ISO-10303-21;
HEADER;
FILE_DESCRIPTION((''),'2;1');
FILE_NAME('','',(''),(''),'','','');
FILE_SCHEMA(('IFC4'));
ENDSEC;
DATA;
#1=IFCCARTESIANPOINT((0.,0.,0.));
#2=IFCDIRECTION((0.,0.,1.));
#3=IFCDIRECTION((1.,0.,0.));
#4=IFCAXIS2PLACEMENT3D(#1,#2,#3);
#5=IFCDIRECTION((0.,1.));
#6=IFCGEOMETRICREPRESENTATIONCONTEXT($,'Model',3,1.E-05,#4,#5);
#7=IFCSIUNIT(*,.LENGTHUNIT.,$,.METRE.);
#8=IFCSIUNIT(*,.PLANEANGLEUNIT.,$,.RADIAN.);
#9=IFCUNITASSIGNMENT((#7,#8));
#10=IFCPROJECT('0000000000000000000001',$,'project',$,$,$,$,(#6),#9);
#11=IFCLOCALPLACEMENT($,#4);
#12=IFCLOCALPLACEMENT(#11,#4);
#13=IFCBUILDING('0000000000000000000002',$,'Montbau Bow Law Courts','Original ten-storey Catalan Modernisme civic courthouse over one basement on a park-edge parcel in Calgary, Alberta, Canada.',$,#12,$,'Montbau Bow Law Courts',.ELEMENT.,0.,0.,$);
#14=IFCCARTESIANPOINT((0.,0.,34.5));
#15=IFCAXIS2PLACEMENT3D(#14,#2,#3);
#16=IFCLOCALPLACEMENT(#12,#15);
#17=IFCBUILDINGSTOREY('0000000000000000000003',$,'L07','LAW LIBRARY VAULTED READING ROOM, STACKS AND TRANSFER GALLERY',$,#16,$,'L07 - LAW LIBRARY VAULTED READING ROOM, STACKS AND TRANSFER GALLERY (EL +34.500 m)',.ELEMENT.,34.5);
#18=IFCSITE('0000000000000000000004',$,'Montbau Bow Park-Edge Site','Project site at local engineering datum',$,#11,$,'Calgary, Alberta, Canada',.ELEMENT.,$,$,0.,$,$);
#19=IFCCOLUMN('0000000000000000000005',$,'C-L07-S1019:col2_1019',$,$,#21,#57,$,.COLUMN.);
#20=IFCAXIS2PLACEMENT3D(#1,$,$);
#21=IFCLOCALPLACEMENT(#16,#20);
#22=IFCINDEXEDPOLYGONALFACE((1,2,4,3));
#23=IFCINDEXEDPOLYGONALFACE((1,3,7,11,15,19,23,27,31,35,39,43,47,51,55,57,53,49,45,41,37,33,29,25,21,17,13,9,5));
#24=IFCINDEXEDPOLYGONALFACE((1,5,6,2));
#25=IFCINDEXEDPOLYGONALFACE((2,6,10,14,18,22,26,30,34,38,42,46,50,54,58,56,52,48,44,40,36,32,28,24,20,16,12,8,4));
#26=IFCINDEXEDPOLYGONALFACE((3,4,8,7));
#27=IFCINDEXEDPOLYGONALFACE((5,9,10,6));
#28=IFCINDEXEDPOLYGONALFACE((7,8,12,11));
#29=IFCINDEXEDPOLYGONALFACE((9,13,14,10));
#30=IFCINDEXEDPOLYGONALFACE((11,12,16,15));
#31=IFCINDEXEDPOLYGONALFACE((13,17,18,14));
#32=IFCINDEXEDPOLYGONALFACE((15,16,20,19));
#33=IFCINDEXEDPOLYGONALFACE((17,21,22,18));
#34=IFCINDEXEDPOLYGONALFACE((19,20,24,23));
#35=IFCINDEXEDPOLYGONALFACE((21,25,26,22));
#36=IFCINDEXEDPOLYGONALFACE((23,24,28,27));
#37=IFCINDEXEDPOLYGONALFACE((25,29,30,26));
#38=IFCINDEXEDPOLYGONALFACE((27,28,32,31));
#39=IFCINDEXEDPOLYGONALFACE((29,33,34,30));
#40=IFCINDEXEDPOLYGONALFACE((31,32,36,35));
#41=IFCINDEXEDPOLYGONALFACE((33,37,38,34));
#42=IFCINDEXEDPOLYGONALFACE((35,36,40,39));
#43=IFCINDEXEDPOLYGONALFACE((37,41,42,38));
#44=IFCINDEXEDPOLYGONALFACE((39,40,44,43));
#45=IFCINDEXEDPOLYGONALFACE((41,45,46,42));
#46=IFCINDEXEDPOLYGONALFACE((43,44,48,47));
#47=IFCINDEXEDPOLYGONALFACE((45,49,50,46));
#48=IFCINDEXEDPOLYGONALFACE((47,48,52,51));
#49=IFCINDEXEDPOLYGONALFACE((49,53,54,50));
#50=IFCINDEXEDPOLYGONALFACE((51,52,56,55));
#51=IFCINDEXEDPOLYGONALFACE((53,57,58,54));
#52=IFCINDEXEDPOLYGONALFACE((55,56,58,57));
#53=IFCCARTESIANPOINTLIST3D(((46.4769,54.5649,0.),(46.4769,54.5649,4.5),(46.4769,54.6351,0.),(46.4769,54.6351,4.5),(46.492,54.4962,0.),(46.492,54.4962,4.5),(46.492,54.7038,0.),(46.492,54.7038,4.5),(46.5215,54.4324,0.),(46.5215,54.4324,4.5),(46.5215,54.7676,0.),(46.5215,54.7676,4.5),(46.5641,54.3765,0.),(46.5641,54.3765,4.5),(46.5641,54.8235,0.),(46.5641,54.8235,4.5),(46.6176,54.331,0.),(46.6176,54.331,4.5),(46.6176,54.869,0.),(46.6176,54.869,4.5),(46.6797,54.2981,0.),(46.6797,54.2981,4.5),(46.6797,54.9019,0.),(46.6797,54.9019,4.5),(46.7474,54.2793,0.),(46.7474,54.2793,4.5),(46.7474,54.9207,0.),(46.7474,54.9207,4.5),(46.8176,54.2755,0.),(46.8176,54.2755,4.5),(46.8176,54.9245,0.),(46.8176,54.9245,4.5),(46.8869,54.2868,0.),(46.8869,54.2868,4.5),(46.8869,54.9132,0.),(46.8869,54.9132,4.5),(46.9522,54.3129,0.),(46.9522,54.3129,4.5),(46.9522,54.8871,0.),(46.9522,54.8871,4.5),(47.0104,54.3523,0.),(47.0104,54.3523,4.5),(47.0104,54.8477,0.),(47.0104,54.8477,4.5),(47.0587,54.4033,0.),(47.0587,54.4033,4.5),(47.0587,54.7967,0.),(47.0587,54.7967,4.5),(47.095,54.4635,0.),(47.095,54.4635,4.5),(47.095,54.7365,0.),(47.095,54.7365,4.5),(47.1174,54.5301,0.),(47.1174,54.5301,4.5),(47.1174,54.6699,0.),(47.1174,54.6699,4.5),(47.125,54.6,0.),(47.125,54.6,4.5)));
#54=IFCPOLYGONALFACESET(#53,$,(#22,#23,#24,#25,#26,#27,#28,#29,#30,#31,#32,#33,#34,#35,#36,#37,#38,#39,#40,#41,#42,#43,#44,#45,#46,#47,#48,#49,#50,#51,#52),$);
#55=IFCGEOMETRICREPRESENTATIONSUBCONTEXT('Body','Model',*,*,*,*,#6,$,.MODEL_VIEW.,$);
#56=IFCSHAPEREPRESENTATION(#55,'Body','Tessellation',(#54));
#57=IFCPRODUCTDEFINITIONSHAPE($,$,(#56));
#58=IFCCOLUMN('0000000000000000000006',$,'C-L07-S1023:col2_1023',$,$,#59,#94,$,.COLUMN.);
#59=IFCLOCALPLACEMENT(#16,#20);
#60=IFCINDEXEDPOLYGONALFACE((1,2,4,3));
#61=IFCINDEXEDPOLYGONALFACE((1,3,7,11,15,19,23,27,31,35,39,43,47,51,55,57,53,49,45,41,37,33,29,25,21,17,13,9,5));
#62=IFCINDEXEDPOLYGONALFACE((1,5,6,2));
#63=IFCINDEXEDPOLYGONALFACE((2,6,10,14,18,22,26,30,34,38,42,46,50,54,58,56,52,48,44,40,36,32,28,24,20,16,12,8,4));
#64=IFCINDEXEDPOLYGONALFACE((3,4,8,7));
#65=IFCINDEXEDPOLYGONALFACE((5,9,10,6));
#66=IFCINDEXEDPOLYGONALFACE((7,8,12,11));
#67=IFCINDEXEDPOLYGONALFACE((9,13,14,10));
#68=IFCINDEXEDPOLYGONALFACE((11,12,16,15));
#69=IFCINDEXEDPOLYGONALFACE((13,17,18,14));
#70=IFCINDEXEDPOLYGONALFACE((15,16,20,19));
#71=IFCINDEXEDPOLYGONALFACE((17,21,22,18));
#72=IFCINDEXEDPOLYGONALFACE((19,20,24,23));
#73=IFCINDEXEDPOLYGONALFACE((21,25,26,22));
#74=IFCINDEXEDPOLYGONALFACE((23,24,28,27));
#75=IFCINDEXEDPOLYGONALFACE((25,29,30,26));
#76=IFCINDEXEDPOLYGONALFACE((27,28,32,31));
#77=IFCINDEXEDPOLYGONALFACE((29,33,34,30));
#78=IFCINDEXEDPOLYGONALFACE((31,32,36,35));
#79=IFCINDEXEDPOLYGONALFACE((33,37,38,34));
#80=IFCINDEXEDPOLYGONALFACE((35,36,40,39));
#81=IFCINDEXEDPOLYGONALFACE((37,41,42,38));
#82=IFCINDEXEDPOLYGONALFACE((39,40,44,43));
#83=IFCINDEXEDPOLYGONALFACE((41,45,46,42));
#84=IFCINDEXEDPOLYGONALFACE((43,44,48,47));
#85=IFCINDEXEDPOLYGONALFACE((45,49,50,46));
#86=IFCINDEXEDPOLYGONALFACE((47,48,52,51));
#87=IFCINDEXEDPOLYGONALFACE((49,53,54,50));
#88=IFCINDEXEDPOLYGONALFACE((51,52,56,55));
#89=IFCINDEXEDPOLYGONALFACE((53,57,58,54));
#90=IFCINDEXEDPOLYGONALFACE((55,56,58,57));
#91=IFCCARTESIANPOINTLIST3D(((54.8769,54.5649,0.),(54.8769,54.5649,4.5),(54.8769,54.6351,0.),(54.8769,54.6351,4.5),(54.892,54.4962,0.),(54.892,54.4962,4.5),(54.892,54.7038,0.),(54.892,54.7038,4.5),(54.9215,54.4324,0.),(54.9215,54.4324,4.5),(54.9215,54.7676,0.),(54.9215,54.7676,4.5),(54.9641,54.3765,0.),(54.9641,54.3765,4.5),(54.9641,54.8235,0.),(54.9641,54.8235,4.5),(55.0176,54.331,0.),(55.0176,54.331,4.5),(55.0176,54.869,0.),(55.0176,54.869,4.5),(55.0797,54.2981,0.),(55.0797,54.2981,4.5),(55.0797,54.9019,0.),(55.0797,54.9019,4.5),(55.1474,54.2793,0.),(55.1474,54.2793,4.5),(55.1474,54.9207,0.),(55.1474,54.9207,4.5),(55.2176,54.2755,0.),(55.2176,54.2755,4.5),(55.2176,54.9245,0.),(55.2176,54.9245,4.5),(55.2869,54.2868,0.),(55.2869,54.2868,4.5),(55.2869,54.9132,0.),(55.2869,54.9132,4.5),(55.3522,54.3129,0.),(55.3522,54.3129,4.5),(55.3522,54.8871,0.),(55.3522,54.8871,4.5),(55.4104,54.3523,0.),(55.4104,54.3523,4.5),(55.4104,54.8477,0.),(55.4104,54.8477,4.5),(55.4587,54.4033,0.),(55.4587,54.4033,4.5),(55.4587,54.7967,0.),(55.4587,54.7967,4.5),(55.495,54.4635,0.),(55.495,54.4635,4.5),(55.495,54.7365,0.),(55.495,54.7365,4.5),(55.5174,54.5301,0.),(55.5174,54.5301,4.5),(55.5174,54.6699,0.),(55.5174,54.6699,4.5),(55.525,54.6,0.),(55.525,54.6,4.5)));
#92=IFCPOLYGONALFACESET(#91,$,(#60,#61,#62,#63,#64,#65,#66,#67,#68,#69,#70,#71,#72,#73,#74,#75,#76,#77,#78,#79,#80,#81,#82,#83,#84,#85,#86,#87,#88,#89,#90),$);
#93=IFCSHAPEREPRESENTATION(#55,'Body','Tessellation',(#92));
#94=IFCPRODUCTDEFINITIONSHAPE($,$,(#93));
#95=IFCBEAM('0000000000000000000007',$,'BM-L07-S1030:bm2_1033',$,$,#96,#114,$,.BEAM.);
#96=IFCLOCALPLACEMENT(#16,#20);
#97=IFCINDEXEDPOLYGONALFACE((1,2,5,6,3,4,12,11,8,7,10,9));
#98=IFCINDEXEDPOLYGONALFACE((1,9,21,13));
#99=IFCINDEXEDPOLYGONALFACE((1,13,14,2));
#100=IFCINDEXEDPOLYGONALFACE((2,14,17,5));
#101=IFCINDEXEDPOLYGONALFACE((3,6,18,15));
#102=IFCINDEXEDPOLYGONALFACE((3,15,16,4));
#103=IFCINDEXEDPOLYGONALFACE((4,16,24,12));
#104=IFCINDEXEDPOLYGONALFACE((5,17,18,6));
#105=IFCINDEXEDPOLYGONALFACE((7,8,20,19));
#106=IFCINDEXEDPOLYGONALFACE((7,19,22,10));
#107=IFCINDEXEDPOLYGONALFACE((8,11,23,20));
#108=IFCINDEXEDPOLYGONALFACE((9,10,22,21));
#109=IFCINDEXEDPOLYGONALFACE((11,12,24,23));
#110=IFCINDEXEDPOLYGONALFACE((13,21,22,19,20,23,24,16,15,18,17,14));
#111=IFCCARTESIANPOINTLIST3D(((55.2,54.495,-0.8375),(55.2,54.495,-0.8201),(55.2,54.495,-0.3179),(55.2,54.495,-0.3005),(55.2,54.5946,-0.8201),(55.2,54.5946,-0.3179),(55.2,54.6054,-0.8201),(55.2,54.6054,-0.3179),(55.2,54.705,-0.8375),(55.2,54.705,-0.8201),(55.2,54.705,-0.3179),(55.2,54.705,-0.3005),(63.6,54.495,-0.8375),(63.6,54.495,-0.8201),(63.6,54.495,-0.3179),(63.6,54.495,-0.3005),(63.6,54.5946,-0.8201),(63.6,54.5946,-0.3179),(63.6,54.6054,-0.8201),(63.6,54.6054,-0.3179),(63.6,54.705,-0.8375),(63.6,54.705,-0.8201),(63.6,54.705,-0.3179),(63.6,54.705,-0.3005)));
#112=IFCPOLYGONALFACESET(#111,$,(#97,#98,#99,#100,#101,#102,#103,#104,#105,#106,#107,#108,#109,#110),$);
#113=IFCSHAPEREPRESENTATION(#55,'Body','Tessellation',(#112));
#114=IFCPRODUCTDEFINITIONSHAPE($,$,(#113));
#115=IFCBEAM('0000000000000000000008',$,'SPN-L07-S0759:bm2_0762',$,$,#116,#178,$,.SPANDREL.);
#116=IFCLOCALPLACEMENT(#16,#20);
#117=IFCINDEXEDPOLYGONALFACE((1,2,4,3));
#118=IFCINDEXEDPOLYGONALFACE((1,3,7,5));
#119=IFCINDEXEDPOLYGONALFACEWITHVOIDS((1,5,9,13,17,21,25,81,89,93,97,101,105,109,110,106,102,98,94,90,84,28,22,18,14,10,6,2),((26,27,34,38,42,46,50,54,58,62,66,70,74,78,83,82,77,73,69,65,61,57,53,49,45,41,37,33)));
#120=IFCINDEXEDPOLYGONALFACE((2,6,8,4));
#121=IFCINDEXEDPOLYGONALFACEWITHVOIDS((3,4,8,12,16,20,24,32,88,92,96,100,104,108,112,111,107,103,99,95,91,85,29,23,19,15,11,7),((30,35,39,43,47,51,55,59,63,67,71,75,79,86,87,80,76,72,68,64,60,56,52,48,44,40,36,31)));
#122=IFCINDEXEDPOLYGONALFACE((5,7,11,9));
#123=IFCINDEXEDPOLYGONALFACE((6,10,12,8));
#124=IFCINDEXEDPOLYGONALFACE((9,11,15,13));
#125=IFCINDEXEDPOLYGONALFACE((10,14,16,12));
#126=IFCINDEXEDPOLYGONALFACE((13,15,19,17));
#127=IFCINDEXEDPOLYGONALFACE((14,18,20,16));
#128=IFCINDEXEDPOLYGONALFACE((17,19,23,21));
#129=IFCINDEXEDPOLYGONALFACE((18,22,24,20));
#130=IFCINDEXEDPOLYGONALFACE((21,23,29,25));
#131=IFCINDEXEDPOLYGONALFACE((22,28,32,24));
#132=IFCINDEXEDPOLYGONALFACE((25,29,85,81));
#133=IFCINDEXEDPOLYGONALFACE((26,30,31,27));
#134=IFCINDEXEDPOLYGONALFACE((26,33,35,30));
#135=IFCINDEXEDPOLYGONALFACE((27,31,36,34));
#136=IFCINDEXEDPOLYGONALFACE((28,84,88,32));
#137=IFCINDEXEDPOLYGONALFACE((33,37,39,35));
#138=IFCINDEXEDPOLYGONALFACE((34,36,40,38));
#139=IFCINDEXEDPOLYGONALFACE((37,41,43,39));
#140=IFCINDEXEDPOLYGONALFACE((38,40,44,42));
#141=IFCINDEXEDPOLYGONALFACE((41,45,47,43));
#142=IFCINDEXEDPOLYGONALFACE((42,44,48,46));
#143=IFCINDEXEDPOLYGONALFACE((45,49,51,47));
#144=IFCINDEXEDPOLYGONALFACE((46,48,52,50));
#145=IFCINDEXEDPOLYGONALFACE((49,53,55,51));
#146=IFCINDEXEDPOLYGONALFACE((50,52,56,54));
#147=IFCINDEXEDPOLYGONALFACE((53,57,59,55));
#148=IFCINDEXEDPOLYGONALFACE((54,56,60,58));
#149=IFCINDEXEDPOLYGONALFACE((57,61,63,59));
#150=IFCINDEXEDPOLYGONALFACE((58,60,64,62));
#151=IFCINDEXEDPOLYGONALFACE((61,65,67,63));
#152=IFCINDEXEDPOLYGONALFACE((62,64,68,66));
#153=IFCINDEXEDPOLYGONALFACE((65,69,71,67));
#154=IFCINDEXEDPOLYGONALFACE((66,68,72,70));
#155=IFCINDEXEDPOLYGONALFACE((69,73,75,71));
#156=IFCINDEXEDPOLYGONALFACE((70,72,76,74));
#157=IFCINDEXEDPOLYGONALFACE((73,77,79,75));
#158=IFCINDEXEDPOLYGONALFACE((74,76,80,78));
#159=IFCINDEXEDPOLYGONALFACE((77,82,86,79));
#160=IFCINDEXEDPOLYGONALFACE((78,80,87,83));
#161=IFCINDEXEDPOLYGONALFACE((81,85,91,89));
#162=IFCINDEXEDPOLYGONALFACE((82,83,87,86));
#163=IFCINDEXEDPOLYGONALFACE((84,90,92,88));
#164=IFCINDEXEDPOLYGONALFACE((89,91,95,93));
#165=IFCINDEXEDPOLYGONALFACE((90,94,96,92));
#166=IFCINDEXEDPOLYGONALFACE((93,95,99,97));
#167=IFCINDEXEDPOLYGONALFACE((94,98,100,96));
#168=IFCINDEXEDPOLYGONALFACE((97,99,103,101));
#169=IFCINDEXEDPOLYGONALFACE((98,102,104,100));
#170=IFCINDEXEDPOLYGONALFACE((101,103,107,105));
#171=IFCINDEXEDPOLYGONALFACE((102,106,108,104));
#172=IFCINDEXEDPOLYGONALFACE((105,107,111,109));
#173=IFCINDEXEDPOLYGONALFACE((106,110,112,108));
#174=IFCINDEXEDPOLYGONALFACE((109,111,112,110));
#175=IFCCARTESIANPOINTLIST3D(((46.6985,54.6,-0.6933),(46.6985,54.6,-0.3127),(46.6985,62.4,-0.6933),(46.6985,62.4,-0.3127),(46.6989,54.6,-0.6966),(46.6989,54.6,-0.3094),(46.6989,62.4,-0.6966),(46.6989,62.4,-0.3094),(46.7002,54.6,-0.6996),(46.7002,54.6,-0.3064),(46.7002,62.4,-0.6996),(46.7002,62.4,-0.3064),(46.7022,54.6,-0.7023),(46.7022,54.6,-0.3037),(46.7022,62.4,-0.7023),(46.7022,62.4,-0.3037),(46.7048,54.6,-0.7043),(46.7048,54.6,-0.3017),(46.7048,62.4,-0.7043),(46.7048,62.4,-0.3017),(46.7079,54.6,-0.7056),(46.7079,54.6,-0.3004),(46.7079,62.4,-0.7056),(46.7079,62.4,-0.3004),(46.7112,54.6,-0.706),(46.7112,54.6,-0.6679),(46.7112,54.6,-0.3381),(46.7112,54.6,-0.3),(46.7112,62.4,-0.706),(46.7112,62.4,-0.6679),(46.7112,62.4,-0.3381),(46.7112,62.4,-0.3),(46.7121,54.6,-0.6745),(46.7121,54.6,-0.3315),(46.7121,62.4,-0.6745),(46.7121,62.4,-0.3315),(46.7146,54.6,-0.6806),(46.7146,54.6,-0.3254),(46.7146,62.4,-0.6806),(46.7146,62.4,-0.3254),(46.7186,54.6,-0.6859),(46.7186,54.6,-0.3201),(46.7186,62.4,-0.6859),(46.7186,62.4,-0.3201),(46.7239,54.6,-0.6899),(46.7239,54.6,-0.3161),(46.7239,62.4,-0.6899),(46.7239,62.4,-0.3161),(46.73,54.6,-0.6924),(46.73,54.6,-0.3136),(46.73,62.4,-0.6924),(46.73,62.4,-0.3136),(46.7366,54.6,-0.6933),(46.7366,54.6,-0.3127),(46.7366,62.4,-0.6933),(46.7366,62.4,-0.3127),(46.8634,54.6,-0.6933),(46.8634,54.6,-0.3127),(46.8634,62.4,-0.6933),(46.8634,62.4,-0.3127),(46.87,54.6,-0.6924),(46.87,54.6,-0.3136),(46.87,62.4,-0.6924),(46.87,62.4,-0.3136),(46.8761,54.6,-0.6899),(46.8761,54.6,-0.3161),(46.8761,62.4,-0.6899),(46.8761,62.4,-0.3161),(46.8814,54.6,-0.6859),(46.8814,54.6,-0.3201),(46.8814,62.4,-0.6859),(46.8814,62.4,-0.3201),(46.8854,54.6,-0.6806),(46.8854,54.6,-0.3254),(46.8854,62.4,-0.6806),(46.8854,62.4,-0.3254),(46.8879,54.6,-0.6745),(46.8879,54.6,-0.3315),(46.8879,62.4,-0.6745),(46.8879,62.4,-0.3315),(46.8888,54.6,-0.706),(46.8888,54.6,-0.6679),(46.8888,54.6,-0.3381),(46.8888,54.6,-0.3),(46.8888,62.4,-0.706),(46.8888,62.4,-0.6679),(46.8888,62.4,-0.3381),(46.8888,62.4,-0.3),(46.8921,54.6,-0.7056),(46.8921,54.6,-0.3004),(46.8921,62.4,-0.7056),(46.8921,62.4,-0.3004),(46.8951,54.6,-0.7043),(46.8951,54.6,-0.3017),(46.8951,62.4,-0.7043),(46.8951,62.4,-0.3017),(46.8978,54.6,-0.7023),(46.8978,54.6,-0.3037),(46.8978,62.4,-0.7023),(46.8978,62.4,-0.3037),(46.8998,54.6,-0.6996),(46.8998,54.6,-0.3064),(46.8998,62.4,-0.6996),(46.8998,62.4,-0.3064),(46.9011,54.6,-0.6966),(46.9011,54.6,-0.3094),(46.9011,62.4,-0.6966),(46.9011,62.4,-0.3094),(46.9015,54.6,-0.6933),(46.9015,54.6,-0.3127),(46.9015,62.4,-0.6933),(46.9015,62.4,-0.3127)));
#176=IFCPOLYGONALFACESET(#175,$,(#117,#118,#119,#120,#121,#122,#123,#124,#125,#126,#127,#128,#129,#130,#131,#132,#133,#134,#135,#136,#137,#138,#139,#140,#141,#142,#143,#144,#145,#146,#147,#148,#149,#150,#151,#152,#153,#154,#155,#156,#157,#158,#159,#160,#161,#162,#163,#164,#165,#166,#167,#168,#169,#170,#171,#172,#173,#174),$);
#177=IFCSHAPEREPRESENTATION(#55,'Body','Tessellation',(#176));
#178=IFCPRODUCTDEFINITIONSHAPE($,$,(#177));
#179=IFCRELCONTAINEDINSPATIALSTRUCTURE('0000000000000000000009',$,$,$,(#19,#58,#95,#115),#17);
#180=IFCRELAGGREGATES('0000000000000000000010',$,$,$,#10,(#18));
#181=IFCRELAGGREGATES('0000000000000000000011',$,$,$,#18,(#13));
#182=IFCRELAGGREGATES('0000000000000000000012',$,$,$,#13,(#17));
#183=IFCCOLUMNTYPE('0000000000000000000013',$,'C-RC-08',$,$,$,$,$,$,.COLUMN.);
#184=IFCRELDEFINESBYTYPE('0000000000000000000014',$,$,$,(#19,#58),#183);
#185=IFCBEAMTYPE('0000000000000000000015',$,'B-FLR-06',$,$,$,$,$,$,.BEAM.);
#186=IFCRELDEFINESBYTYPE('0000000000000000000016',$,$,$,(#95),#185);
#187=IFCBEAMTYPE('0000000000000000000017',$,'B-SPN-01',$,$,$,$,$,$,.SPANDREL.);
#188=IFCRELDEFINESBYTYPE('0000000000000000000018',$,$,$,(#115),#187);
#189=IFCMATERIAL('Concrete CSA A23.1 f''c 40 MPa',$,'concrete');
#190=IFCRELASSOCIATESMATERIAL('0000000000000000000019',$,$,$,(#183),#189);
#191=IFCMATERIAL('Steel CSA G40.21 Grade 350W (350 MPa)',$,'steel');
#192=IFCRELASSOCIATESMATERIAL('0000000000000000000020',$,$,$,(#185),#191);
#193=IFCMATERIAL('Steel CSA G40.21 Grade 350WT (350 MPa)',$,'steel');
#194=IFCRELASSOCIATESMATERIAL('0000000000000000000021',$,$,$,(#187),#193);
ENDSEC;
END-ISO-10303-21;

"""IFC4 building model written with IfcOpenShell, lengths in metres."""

from ifc_helpers import new_model, si_unit, direction, frame, origin_with_axes, origin_2d_with_axis, place, context, subcontext, project, spatial, hollow_rectangle, circle, i_section, extrude, material, material_profile, profile_set, type_object, element, save


model = new_model("IFC4")

# Units and contexts
model_context = context("Model", 3, precision=1e-05, world=origin_with_axes(), true_north=direction((0.0, 1.0)))
body_context = subcontext(model_context, "Body", "Model", "MODEL_VIEW")
ifc_project = project(units=[si_unit("LENGTHUNIT", "METRE"), si_unit("PLANEANGLEUNIT", "RADIAN")], contexts=[model_context])

# Site, building, storey
site_placement = place(None, origin_with_axes())
site = spatial("IfcSite", under=ifc_project, at=site_placement, Name="Montbau Bow Park-Edge Site", Description="Project site at local engineering datum", LongName="Calgary, Alberta, Canada", CompositionType="ELEMENT", RefElevation=0.0)
building_placement = place(site_placement, origin_with_axes())
building = spatial("IfcBuilding", under=site, at=building_placement, Name="Montbau Bow Law Courts", Description="Original ten-storey Catalan Modernisme civic courthouse over one basement on a park-edge parcel in Calgary, Alberta, Canada.", LongName="Montbau Bow Law Courts", CompositionType="ELEMENT", ElevationOfRefHeight=0.0, ElevationOfTerrain=0.0)
storey_placement = place(building_placement, frame((0.0, 0.0, 34.5), z_axis=(0.0, 0.0, 1.0), x_axis=(1.0, 0.0, 0.0)))
storey = spatial("IfcBuildingStorey", under=building, at=storey_placement, Name="L07", Description="LAW LIBRARY VAULTED READING ROOM, STACKS AND TRANSFER GALLERY", LongName="L07 - LAW LIBRARY VAULTED READING ROOM, STACKS AND TRANSFER GALLERY (EL +34.500 m)", CompositionType="ELEMENT", Elevation=34.5)

# Columns
ifc_material_1 = material(Name="Concrete CSA A23.1 f'c 40 MPa", Category="concrete")
ifc_material_profile_1 = material_profile(ifc_material_1, circle(Radius=0.325, at=origin_2d_with_axis()), Name="RC650D", Category="Main", Priority=0)
ifc_profile_set_1 = profile_set([ifc_material_profile_1], Name="Concrete CSA A23.1 f'c 40 MPa")
column_type = type_object("IfcColumnType", Name="C-RC-08", PredefinedType="COLUMN", material=ifc_profile_set_1)
for number, where, z_axis, x_axis, name in (
    (1, (46.8, 54.6, 34.5), (0.0, 0.0, 1.0), (1.0, 0.0, 0.0), "C-L07-S1019:col2_1019"),
    (2, (55.2, 54.6, 34.5), (0.0, 0.0, 1.0), (1.0, 0.0, 0.0), "C-L07-S1023:col2_1023"),
):
    element("IfcColumn", number, at=place(None, frame(where, z_axis=z_axis, x_axis=x_axis)), inside=storey, type_object=column_type, Name=name, PredefinedType="COLUMN", context=body_context, shape_type="SweptSolid", body=[
        extrude(circle(Radius=0.325, at=origin_2d_with_axis()), origin_with_axes(), (0.0, 0.0, 1.0), 4.5),
    ])

# Beams
ifc_material_2 = material(Name="Steel CSA G40.21 Grade 350W (350 MPa)", Category="steel")
ifc_material_profile_2 = material_profile(ifc_material_2, i_section(OverallWidth=0.21, OverallDepth=0.537, WebThickness=0.0109, FlangeThickness=0.0174, at=origin_2d_with_axis()), Name="W530X101", Category="Main", Priority=0)
ifc_profile_set_2 = profile_set([ifc_material_profile_2], Name="Steel CSA G40.21 Grade 350W (350 MPa)")
beam_type_1 = type_object("IfcBeamType", Name="B-FLR-06", PredefinedType="BEAM", material=ifc_profile_set_2)
beam_1_placement = place(None, frame((55.2, 54.6, 33.931), z_axis=(1.0, 0.0, 0.0), x_axis=(0.0, 1.0, 0.0)))
element("IfcBeam", 3, at=beam_1_placement, inside=storey, type_object=beam_type_1, Name="BM-L07-S1030:bm2_1033", PredefinedType="BEAM", context=body_context, shape_type="SweptSolid", body=[
    extrude(i_section(OverallWidth=0.21, OverallDepth=0.537, WebThickness=0.0109, FlangeThickness=0.0174, at=origin_2d_with_axis()), origin_with_axes(), (0.0, 0.0, 1.0), 8.4),
])
ifc_material_3 = material(Name="Steel CSA G40.21 Grade 350WT (350 MPa)", Category="steel")
ifc_material_profile_3 = material_profile(ifc_material_3, hollow_rectangle(XDim=0.203, YDim=0.406, WallThickness=0.0127, InnerFilletRadius=0.0254, OuterFilletRadius=0.0127, at=origin_2d_with_axis()), Name="HSS406X203X13", Category="Main", Priority=0)
ifc_profile_set_3 = profile_set([ifc_material_profile_3], Name="Steel CSA G40.21 Grade 350WT (350 MPa)")
beam_type_2 = type_object("IfcBeamType", Name="B-SPN-01", PredefinedType="SPANDREL", material=ifc_profile_set_3)
beam_2_placement = place(None, frame((46.8, 54.6, 33.997), z_axis=(0.0, 1.0, 0.0), x_axis=(-1.0, 0.0, 0.0)))
element("IfcBeam", 4, at=beam_2_placement, inside=storey, type_object=beam_type_2, Name="SPN-L07-S0759:bm2_0762", PredefinedType="SPANDREL", context=body_context, shape_type="SweptSolid", body=[
    extrude(hollow_rectangle(XDim=0.203, YDim=0.406, WallThickness=0.0127, InnerFilletRadius=0.0254, OuterFilletRadius=0.0127, at=origin_2d_with_axis()), origin_with_axes(), (0.0, 0.0, 1.0), 7.8),
])

save(model, "model.ifc")
